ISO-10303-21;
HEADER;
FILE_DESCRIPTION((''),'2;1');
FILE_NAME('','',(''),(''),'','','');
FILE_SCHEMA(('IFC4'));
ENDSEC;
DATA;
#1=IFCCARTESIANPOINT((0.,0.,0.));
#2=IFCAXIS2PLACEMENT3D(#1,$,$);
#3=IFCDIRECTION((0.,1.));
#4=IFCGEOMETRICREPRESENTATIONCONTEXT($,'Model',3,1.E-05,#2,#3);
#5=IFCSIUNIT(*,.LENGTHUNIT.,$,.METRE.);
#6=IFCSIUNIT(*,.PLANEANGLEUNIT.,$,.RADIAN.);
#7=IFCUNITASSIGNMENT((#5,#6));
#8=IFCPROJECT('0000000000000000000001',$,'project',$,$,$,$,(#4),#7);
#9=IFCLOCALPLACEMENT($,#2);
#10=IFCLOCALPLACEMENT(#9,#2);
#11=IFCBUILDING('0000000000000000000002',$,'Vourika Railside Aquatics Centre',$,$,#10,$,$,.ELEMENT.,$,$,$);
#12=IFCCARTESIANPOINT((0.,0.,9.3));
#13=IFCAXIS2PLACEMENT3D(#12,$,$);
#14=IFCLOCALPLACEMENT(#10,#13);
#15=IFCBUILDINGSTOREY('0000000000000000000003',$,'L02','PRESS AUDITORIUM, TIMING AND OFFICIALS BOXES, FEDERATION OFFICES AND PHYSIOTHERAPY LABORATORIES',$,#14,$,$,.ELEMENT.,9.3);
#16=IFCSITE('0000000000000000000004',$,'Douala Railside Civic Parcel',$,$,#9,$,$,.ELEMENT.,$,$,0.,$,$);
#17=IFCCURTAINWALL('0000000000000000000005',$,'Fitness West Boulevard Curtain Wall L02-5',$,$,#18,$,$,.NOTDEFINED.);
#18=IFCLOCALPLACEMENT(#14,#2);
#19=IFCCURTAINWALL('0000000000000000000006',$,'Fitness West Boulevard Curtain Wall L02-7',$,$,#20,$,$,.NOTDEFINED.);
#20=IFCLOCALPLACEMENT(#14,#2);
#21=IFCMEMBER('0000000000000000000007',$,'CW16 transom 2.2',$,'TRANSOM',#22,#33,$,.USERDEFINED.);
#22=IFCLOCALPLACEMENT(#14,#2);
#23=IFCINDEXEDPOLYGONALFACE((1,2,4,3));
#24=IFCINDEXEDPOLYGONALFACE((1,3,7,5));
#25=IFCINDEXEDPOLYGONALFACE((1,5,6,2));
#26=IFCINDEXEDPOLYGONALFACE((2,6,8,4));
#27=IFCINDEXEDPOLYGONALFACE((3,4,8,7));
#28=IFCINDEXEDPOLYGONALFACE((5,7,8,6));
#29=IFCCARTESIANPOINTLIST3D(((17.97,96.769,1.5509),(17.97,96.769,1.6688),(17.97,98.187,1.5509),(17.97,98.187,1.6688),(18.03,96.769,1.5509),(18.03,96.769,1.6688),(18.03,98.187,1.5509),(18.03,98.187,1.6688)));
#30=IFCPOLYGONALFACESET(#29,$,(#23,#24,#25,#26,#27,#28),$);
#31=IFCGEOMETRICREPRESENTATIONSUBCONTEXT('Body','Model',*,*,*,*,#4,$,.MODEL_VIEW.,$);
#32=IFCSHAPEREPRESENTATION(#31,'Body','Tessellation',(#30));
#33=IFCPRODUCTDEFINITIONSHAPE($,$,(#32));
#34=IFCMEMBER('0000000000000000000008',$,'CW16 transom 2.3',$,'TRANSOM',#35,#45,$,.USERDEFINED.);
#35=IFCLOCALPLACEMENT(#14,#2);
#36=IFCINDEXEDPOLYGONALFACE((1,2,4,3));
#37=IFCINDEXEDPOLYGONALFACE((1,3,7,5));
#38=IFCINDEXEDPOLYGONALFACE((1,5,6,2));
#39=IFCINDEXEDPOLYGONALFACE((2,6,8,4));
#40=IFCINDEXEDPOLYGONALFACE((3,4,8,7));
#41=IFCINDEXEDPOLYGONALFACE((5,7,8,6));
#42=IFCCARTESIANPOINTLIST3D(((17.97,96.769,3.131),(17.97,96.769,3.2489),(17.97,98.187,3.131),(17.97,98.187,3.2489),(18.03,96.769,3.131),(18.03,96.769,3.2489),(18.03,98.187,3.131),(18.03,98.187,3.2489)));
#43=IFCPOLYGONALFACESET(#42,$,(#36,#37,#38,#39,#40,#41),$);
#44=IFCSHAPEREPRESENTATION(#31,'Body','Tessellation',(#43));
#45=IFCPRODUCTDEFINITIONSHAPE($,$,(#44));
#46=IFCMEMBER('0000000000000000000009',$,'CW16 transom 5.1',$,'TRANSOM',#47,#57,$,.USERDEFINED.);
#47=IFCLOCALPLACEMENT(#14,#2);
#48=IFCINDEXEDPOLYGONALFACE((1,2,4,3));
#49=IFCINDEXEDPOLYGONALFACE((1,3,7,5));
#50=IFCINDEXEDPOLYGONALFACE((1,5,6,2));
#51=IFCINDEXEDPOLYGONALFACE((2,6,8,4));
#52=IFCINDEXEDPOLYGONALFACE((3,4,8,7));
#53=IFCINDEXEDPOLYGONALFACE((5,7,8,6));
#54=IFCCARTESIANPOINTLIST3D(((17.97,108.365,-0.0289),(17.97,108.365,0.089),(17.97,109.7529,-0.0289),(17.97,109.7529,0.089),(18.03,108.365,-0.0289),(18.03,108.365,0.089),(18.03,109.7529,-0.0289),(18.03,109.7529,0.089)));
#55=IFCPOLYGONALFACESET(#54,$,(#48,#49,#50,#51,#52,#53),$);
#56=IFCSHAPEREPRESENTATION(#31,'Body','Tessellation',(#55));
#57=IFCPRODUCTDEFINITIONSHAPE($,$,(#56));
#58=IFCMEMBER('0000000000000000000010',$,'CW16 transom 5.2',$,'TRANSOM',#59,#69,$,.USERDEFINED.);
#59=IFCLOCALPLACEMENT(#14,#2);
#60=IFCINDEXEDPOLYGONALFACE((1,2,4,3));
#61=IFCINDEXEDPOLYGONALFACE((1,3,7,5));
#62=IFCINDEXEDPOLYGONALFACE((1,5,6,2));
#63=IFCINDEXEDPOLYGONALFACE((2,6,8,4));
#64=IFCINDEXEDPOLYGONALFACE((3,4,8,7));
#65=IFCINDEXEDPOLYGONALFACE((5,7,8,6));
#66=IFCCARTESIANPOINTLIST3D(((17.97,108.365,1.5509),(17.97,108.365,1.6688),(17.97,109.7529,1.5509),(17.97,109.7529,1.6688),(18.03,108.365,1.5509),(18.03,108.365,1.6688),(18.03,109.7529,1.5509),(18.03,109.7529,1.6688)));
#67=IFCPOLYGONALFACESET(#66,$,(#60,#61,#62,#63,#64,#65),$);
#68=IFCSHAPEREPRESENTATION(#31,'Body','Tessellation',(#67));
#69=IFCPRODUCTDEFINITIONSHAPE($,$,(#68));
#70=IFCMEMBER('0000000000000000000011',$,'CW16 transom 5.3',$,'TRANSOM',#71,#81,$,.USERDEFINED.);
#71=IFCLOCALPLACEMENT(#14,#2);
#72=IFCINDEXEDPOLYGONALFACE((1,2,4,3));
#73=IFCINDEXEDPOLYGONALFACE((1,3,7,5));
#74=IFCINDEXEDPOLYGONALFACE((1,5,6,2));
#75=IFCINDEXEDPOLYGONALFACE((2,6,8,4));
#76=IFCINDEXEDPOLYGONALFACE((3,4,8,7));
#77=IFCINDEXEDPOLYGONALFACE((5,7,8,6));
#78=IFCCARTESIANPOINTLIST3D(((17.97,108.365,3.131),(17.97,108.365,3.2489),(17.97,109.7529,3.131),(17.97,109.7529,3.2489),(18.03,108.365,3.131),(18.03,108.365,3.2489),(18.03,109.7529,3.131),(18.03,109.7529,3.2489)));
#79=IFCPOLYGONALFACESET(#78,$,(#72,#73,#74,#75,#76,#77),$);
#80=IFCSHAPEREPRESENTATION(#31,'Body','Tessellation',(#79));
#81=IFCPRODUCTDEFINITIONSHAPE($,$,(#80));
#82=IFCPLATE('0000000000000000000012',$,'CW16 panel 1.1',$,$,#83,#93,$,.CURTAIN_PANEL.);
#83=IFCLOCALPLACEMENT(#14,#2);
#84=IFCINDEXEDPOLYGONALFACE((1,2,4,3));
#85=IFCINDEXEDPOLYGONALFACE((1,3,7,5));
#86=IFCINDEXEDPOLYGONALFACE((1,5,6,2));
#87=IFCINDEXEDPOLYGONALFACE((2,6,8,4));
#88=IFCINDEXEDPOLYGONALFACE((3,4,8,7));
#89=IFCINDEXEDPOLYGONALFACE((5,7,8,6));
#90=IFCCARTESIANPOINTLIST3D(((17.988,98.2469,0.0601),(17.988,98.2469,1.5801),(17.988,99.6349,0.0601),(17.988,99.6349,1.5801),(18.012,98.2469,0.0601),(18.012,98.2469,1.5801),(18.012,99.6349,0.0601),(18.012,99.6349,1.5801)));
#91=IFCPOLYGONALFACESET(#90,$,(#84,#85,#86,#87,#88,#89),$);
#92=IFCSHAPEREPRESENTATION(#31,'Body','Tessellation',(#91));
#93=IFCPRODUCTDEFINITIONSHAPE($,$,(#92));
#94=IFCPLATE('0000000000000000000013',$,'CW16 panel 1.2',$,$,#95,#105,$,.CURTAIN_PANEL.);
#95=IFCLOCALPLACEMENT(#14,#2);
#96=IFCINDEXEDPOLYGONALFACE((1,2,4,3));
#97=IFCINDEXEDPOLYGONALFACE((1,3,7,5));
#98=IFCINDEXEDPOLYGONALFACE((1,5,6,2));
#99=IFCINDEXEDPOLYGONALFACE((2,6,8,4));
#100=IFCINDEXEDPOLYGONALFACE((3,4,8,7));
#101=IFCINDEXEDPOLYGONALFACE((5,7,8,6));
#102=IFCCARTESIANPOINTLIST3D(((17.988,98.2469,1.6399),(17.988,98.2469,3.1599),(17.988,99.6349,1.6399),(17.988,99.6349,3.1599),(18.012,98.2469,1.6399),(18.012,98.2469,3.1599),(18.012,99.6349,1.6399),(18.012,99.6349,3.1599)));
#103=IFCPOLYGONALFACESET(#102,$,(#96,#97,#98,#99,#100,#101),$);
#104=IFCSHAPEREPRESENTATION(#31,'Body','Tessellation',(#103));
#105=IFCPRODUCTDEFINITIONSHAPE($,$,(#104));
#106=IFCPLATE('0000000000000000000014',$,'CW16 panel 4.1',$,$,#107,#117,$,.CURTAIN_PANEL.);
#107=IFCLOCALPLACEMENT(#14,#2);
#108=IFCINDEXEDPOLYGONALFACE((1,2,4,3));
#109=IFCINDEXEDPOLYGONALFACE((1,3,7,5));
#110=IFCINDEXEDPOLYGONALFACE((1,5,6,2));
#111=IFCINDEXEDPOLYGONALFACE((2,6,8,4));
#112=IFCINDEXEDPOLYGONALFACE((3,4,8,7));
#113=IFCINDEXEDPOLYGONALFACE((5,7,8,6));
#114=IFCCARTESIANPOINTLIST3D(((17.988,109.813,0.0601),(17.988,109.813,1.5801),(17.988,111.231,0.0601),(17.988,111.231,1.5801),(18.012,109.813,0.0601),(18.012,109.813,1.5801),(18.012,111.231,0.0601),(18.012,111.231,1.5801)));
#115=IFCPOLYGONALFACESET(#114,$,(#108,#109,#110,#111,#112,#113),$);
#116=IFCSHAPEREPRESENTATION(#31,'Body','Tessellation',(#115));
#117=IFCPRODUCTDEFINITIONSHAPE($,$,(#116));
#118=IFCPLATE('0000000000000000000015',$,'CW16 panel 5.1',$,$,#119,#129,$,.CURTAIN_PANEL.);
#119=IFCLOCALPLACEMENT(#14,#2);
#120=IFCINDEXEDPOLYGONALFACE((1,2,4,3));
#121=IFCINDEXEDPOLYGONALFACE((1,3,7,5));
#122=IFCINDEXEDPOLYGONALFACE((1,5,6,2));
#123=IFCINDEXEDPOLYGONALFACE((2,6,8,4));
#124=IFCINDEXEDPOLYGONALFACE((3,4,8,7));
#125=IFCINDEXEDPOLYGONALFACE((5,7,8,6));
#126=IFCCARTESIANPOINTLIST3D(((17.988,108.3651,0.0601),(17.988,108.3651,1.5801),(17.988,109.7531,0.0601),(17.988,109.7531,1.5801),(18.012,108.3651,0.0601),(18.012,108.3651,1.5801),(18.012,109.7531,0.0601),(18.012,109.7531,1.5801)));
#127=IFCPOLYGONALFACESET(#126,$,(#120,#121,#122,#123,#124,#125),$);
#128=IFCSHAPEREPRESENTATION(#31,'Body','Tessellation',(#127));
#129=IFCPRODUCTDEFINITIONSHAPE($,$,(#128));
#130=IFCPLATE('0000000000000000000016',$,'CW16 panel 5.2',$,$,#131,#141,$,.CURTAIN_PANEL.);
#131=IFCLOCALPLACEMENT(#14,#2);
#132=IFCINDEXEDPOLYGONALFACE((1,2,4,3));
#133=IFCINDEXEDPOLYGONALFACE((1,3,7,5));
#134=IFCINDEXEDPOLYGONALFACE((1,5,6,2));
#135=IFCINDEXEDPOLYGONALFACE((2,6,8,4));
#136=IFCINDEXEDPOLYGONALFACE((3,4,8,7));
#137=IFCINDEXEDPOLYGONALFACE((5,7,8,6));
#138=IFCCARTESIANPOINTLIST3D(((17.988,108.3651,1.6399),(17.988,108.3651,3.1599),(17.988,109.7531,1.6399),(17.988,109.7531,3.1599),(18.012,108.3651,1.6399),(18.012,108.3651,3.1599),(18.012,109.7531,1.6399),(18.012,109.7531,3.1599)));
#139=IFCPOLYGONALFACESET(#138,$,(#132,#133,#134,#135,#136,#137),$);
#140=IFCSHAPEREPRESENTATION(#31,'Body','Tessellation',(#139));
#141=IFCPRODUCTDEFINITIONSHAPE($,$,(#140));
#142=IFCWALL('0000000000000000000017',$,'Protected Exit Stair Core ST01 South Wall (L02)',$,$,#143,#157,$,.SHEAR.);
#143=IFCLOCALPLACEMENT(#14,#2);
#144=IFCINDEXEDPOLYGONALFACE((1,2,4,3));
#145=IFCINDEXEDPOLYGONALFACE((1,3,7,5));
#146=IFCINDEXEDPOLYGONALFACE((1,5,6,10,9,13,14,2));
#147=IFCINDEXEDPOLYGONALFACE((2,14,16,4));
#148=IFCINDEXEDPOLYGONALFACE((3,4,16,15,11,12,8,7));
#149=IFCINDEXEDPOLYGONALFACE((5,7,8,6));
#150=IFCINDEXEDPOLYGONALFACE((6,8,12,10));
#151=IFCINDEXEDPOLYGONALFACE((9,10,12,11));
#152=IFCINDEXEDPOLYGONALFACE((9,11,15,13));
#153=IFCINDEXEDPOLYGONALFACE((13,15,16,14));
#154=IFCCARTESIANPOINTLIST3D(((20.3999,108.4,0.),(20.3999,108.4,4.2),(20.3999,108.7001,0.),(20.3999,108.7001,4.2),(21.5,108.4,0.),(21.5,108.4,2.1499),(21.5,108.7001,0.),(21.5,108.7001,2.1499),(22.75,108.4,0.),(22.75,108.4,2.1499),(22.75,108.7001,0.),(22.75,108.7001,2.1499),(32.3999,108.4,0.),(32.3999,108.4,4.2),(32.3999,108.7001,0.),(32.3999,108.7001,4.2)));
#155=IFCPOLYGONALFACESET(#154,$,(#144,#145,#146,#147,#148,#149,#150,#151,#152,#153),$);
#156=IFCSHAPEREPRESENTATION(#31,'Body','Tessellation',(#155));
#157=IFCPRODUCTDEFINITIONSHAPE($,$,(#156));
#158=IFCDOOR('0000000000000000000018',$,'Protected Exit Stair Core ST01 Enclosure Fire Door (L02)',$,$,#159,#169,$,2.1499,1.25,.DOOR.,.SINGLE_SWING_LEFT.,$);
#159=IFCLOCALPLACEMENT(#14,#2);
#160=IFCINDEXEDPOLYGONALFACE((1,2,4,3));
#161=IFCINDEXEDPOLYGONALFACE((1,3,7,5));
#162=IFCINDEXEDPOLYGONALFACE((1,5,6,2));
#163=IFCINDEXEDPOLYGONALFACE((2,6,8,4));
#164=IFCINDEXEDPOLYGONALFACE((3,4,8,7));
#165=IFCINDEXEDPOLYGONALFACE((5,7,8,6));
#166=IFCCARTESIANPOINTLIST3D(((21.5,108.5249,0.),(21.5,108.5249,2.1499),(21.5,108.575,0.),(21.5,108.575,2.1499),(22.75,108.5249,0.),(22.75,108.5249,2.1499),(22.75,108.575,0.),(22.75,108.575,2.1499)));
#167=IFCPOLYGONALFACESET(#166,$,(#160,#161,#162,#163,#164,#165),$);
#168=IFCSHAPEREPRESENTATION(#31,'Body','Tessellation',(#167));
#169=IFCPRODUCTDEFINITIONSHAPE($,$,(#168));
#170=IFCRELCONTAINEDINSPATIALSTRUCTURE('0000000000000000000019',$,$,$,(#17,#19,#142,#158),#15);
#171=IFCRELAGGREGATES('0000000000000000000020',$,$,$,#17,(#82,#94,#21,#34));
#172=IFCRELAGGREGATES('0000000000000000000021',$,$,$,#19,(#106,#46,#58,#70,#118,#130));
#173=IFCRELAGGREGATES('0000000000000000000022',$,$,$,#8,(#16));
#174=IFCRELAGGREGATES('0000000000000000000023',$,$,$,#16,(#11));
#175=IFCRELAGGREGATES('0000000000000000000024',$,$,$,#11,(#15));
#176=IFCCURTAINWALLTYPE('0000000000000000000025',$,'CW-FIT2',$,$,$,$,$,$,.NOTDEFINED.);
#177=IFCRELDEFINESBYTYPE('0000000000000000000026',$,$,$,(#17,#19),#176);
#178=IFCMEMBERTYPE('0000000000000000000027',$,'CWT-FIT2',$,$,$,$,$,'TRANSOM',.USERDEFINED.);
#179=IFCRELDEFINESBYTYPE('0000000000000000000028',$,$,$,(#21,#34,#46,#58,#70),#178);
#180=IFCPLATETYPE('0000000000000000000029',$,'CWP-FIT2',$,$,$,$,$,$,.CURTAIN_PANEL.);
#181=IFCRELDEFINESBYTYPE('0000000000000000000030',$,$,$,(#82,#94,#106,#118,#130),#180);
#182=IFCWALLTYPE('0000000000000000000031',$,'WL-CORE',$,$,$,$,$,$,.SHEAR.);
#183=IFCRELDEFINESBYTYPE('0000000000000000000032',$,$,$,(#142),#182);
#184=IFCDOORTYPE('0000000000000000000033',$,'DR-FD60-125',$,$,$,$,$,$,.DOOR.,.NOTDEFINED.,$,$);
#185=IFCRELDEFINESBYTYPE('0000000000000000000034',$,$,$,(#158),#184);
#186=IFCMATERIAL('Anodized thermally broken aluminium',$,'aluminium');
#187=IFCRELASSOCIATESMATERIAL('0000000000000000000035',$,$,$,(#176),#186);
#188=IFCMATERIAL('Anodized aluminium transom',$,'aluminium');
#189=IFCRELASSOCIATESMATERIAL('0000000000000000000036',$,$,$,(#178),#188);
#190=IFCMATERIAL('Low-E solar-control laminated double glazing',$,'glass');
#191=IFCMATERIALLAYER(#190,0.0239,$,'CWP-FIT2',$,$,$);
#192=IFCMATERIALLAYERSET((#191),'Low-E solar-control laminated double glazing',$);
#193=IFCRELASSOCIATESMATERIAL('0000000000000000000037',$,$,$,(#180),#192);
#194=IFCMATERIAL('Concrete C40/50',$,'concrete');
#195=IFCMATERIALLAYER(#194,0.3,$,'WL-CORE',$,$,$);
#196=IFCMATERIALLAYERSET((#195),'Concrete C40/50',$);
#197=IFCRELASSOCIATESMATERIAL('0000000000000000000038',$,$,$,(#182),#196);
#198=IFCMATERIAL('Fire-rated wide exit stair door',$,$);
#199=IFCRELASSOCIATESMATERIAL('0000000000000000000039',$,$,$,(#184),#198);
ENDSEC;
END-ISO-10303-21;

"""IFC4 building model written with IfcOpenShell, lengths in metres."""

from ifc_helpers import new_model, si_unit, direction, frame, frame_2d, origin, origin_2d, place, context, subcontext, project, spatial, rectangle, extrude, material, layer, layer_set, material_profile, profile_set, type_object, element, fill, aggregate, save


model = new_model("IFC4")

# Units and contexts
model_context = context("Model", 3, precision=1e-05, world=origin(), true_north=direction((0.0, 1.0)))
body_context = subcontext(model_context, "Body", "Model", "MODEL_VIEW")
ifc_project = project(units=[si_unit("LENGTHUNIT", "METRE"), si_unit("PLANEANGLEUNIT", "RADIAN")], contexts=[model_context])

# Site, building, storey
site_placement = place(None, origin())
site = spatial("IfcSite", under=ifc_project, at=site_placement, Name="Douala Railside Civic Parcel", CompositionType="ELEMENT", RefElevation=0.0)
building_placement = place(site_placement, origin())
building = spatial("IfcBuilding", under=site, at=building_placement, Name="Vourika Railside Aquatics Centre", CompositionType="ELEMENT")
storey_placement = place(building_placement, frame((0.0, 0.0, 9.3)))
storey = spatial("IfcBuildingStorey", under=building, at=storey_placement, Name="L02", Description="PRESS AUDITORIUM, TIMING AND OFFICIALS BOXES, FEDERATION OFFICES AND PHYSIOTHERAPY LABORATORIES", CompositionType="ELEMENT", Elevation=9.3)

# Curtain walls
ifc_material_1 = material(Name="Anodized thermally broken aluminium", Category="aluminium")
curtain_wall_type = type_object("IfcCurtainWallType", Name="CW-FIT2", PredefinedType="NOTDEFINED", material=ifc_material_1)
curtain_wall_1_placement = place(storey_placement, origin())
curtain_wall_1 = element("IfcCurtainWall", 1, at=curtain_wall_1_placement, inside=storey, type_object=curtain_wall_type, Name="Fitness West Boulevard Curtain Wall L02-5", PredefinedType="NOTDEFINED")
curtain_wall_2_placement = place(storey_placement, origin())
curtain_wall_2 = element("IfcCurtainWall", 2, at=curtain_wall_2_placement, inside=storey, type_object=curtain_wall_type, Name="Fitness West Boulevard Curtain Wall L02-7", PredefinedType="NOTDEFINED")

# Members
ifc_material_2 = material(Name="Anodized aluminium transom", Category="aluminium")
ifc_material_profile_1 = material_profile(ifc_material_2, rectangle(XDim=0.0601, YDim=0.1179, at=origin_2d()), Name="ALU-T 60x118")
ifc_profile_set_1 = profile_set([ifc_material_profile_1], Name="Anodized aluminium transom")
member_type_1 = type_object("IfcMemberType", Name="CWT-FIT2", ElementType="TRANSOM", PredefinedType="USERDEFINED", material=ifc_profile_set_1)
member_1_placement = place(storey_placement, frame((18.0, 98.187, 1.6099), z_axis=(0.0, -1.0, 0.0), x_axis=(1.0, 0.0, 0.0)))
member_1 = element("IfcMember", 3, at=member_1_placement, type_object=member_type_1, Name="CW16 transom 2.2", ObjectType="TRANSOM", PredefinedType="USERDEFINED", context=body_context, shape_type="SweptSolid", body=[
    extrude(rectangle(XDim=0.0601, YDim=0.1179, at=origin_2d()), origin(), (0.0, 0.0, 1.0), 1.418),
])
member_2_placement = place(storey_placement, frame((18.0, 98.187, 3.1899), z_axis=(0.0, -1.0, 0.0), x_axis=(1.0, 0.0, 0.0)))
member_2 = element("IfcMember", 4, at=member_2_placement, type_object=member_type_1, Name="CW16 transom 2.3", ObjectType="TRANSOM", PredefinedType="USERDEFINED", context=body_context, shape_type="SweptSolid", body=[
    extrude(rectangle(XDim=0.0601, YDim=0.1179, at=origin_2d()), origin(), (0.0, 0.0, 1.0), 1.418),
])
member_3_placement = place(storey_placement, frame((18.0, 109.7529, 0.03), z_axis=(0.0, -1.0, 0.0), x_axis=(1.0, 0.0, 0.0)))
member_3 = element("IfcMember", 5, at=member_3_placement, type_object=member_type_1, Name="CW16 transom 5.1", ObjectType="TRANSOM", PredefinedType="USERDEFINED", context=body_context, shape_type="SweptSolid", body=[
    extrude(rectangle(XDim=0.0601, YDim=0.1179, at=origin_2d()), origin(), (0.0, 0.0, 1.0), 1.3879),
])
member_4_placement = place(storey_placement, frame((18.0, 109.7529, 1.6099), z_axis=(0.0, -1.0, 0.0), x_axis=(1.0, 0.0, 0.0)))
member_4 = element("IfcMember", 6, at=member_4_placement, type_object=member_type_1, Name="CW16 transom 5.2", ObjectType="TRANSOM", PredefinedType="USERDEFINED", context=body_context, shape_type="SweptSolid", body=[
    extrude(rectangle(XDim=0.0601, YDim=0.1179, at=origin_2d()), origin(), (0.0, 0.0, 1.0), 1.3879),
])
member_5_placement = place(storey_placement, frame((18.0, 109.7529, 3.1899), z_axis=(0.0, -1.0, 0.0), x_axis=(1.0, 0.0, 0.0)))
member_5 = element("IfcMember", 7, at=member_5_placement, type_object=member_type_1, Name="CW16 transom 5.3", ObjectType="TRANSOM", PredefinedType="USERDEFINED", context=body_context, shape_type="SweptSolid", body=[
    extrude(rectangle(XDim=0.0601, YDim=0.1179, at=origin_2d()), origin(), (0.0, 0.0, 1.0), 1.3879),
])

# Plates
ifc_material_3 = material(Name="Low-E solar-control laminated double glazing", Category="glass")
ifc_layer_1 = layer(ifc_material_3, 0.0239, Name="CWP-FIT2")
ifc_layer_set_1 = layer_set([ifc_layer_1], Name="Low-E solar-control laminated double glazing")
plate_type = type_object("IfcPlateType", Name="CWP-FIT2", PredefinedType="CURTAIN_PANEL", material=ifc_layer_set_1)
plate_1_placement = place(storey_placement, frame((18.0, 98.9409, 0.0601), z_axis=(0.0, 0.0, 1.0), x_axis=(0.0, -1.0, 0.0)))
plate_1 = element("IfcPlate", 8, at=plate_1_placement, type_object=plate_type, Name="CW16 panel 1.1", PredefinedType="CURTAIN_PANEL", context=body_context, shape_type="SweptSolid", body=[
    extrude(rectangle(XDim=1.3879, YDim=0.0239, at=origin_2d()), origin(), (0.0, 0.0, 1.0), 1.52),
])
plate_2_placement = place(storey_placement, frame((18.0, 98.9409, 1.6399), z_axis=(0.0, 0.0, 1.0), x_axis=(0.0, -1.0, 0.0)))
plate_2 = element("IfcPlate", 9, at=plate_2_placement, type_object=plate_type, Name="CW16 panel 1.2", PredefinedType="CURTAIN_PANEL", context=body_context, shape_type="SweptSolid", body=[
    extrude(rectangle(XDim=1.3879, YDim=0.0239, at=origin_2d()), origin(), (0.0, 0.0, 1.0), 1.52),
])
aggregate(curtain_wall_1, [plate_1, plate_2, member_1, member_2])
plate_3_placement = place(storey_placement, frame((18.0, 110.522, 0.0601), z_axis=(0.0, 0.0, 1.0), x_axis=(0.0, -1.0, 0.0)))
plate_3 = element("IfcPlate", 10, at=plate_3_placement, type_object=plate_type, Name="CW16 panel 4.1", PredefinedType="CURTAIN_PANEL", context=body_context, shape_type="SweptSolid", body=[
    extrude(rectangle(XDim=1.418, YDim=0.0239, at=origin_2d()), origin(), (0.0, 0.0, 1.0), 1.52),
])
plate_4_placement = place(storey_placement, frame((18.0, 109.0591, 0.0601), z_axis=(0.0, 0.0, 1.0), x_axis=(0.0, -1.0, 0.0)))
plate_4 = element("IfcPlate", 11, at=plate_4_placement, type_object=plate_type, Name="CW16 panel 5.1", PredefinedType="CURTAIN_PANEL", context=body_context, shape_type="SweptSolid", body=[
    extrude(rectangle(XDim=1.3879, YDim=0.0239, at=origin_2d()), origin(), (0.0, 0.0, 1.0), 1.52),
])
plate_5_placement = place(storey_placement, frame((18.0, 109.0591, 1.6399), z_axis=(0.0, 0.0, 1.0), x_axis=(0.0, -1.0, 0.0)))
plate_5 = element("IfcPlate", 12, at=plate_5_placement, type_object=plate_type, Name="CW16 panel 5.2", PredefinedType="CURTAIN_PANEL", context=body_context, shape_type="SweptSolid", body=[
    extrude(rectangle(XDim=1.3879, YDim=0.0239, at=origin_2d()), origin(), (0.0, 0.0, 1.0), 1.52),
])
aggregate(curtain_wall_2, [plate_3, member_3, member_4, member_5, plate_4, plate_5])

# Wall, opening, door
ifc_material_4 = material(Name="Concrete C40/50", Category="concrete")
ifc_layer_2 = layer(ifc_material_4, 0.3, Name="WL-CORE")
ifc_layer_set_2 = layer_set([ifc_layer_2], Name="Concrete C40/50")
wall_type_1 = type_object("IfcWallType", Name="WL-CORE", PredefinedType="SHEAR", material=ifc_layer_set_2)
wall_1_placement = place(storey_placement, frame((20.3999, 108.55, 0.0), z_axis=(0.0, 0.0, 1.0), x_axis=(1.0, 0.0, 0.0)))
wall_1 = element("IfcWall", 13, at=wall_1_placement, inside=storey, type_object=wall_type_1, Name="Protected Exit Stair Core ST01 South Wall (L02)", PredefinedType="SHEAR", context=body_context, shape_type="SweptSolid", body=[
    extrude(rectangle(XDim=12.0, YDim=0.3, at=frame_2d((6.0, 0.0))), origin(), (0.0, 0.0, 1.0), 4.2),
])
opening_1_placement = place(wall_1_placement, frame((1.1001, 0.0, 0.0)))
opening_1 = element("IfcOpeningElement", 14, at=opening_1_placement, cuts=wall_1, PredefinedType="OPENING", context=body_context, shape_type="SweptSolid", body=[
    extrude(rectangle(XDim=1.25, YDim=2.1499, at=frame_2d((0.625, 1.075))), frame((0.0, 0.1602, 0.0), z_axis=(0.0, -1.0, 0.0), x_axis=(1.0, 0.0, 0.0)), (0.0, 0.0, 1.0), 0.3201),
])
ifc_material_5 = material(Name="Fire-rated wide exit stair door")
door_type = type_object("IfcDoorType", Name="DR-FD60-125", OperationType="NOTDEFINED", PredefinedType="DOOR", material=ifc_material_5)
door_placement = place(opening_1_placement, origin())
door = element("IfcDoor", 15, at=door_placement, inside=storey, type_object=door_type, Name="Protected Exit Stair Core ST01 Enclosure Fire Door (L02)", OperationType="SINGLE_SWING_LEFT", OverallHeight=2.1499, OverallWidth=1.25, PredefinedType="DOOR", context=body_context, shape_type="SweptSolid", body=[
    extrude(rectangle(XDim=1.25, YDim=2.1499, at=frame_2d((0.625, 1.075))), frame((0.0, 0.0249, 0.0), z_axis=(0.0, -1.0, 0.0), x_axis=(1.0, 0.0, 0.0)), (0.0, 0.0, 1.0), 0.05),
])
fill(opening_1, door)

save(model, "model.ifc")
